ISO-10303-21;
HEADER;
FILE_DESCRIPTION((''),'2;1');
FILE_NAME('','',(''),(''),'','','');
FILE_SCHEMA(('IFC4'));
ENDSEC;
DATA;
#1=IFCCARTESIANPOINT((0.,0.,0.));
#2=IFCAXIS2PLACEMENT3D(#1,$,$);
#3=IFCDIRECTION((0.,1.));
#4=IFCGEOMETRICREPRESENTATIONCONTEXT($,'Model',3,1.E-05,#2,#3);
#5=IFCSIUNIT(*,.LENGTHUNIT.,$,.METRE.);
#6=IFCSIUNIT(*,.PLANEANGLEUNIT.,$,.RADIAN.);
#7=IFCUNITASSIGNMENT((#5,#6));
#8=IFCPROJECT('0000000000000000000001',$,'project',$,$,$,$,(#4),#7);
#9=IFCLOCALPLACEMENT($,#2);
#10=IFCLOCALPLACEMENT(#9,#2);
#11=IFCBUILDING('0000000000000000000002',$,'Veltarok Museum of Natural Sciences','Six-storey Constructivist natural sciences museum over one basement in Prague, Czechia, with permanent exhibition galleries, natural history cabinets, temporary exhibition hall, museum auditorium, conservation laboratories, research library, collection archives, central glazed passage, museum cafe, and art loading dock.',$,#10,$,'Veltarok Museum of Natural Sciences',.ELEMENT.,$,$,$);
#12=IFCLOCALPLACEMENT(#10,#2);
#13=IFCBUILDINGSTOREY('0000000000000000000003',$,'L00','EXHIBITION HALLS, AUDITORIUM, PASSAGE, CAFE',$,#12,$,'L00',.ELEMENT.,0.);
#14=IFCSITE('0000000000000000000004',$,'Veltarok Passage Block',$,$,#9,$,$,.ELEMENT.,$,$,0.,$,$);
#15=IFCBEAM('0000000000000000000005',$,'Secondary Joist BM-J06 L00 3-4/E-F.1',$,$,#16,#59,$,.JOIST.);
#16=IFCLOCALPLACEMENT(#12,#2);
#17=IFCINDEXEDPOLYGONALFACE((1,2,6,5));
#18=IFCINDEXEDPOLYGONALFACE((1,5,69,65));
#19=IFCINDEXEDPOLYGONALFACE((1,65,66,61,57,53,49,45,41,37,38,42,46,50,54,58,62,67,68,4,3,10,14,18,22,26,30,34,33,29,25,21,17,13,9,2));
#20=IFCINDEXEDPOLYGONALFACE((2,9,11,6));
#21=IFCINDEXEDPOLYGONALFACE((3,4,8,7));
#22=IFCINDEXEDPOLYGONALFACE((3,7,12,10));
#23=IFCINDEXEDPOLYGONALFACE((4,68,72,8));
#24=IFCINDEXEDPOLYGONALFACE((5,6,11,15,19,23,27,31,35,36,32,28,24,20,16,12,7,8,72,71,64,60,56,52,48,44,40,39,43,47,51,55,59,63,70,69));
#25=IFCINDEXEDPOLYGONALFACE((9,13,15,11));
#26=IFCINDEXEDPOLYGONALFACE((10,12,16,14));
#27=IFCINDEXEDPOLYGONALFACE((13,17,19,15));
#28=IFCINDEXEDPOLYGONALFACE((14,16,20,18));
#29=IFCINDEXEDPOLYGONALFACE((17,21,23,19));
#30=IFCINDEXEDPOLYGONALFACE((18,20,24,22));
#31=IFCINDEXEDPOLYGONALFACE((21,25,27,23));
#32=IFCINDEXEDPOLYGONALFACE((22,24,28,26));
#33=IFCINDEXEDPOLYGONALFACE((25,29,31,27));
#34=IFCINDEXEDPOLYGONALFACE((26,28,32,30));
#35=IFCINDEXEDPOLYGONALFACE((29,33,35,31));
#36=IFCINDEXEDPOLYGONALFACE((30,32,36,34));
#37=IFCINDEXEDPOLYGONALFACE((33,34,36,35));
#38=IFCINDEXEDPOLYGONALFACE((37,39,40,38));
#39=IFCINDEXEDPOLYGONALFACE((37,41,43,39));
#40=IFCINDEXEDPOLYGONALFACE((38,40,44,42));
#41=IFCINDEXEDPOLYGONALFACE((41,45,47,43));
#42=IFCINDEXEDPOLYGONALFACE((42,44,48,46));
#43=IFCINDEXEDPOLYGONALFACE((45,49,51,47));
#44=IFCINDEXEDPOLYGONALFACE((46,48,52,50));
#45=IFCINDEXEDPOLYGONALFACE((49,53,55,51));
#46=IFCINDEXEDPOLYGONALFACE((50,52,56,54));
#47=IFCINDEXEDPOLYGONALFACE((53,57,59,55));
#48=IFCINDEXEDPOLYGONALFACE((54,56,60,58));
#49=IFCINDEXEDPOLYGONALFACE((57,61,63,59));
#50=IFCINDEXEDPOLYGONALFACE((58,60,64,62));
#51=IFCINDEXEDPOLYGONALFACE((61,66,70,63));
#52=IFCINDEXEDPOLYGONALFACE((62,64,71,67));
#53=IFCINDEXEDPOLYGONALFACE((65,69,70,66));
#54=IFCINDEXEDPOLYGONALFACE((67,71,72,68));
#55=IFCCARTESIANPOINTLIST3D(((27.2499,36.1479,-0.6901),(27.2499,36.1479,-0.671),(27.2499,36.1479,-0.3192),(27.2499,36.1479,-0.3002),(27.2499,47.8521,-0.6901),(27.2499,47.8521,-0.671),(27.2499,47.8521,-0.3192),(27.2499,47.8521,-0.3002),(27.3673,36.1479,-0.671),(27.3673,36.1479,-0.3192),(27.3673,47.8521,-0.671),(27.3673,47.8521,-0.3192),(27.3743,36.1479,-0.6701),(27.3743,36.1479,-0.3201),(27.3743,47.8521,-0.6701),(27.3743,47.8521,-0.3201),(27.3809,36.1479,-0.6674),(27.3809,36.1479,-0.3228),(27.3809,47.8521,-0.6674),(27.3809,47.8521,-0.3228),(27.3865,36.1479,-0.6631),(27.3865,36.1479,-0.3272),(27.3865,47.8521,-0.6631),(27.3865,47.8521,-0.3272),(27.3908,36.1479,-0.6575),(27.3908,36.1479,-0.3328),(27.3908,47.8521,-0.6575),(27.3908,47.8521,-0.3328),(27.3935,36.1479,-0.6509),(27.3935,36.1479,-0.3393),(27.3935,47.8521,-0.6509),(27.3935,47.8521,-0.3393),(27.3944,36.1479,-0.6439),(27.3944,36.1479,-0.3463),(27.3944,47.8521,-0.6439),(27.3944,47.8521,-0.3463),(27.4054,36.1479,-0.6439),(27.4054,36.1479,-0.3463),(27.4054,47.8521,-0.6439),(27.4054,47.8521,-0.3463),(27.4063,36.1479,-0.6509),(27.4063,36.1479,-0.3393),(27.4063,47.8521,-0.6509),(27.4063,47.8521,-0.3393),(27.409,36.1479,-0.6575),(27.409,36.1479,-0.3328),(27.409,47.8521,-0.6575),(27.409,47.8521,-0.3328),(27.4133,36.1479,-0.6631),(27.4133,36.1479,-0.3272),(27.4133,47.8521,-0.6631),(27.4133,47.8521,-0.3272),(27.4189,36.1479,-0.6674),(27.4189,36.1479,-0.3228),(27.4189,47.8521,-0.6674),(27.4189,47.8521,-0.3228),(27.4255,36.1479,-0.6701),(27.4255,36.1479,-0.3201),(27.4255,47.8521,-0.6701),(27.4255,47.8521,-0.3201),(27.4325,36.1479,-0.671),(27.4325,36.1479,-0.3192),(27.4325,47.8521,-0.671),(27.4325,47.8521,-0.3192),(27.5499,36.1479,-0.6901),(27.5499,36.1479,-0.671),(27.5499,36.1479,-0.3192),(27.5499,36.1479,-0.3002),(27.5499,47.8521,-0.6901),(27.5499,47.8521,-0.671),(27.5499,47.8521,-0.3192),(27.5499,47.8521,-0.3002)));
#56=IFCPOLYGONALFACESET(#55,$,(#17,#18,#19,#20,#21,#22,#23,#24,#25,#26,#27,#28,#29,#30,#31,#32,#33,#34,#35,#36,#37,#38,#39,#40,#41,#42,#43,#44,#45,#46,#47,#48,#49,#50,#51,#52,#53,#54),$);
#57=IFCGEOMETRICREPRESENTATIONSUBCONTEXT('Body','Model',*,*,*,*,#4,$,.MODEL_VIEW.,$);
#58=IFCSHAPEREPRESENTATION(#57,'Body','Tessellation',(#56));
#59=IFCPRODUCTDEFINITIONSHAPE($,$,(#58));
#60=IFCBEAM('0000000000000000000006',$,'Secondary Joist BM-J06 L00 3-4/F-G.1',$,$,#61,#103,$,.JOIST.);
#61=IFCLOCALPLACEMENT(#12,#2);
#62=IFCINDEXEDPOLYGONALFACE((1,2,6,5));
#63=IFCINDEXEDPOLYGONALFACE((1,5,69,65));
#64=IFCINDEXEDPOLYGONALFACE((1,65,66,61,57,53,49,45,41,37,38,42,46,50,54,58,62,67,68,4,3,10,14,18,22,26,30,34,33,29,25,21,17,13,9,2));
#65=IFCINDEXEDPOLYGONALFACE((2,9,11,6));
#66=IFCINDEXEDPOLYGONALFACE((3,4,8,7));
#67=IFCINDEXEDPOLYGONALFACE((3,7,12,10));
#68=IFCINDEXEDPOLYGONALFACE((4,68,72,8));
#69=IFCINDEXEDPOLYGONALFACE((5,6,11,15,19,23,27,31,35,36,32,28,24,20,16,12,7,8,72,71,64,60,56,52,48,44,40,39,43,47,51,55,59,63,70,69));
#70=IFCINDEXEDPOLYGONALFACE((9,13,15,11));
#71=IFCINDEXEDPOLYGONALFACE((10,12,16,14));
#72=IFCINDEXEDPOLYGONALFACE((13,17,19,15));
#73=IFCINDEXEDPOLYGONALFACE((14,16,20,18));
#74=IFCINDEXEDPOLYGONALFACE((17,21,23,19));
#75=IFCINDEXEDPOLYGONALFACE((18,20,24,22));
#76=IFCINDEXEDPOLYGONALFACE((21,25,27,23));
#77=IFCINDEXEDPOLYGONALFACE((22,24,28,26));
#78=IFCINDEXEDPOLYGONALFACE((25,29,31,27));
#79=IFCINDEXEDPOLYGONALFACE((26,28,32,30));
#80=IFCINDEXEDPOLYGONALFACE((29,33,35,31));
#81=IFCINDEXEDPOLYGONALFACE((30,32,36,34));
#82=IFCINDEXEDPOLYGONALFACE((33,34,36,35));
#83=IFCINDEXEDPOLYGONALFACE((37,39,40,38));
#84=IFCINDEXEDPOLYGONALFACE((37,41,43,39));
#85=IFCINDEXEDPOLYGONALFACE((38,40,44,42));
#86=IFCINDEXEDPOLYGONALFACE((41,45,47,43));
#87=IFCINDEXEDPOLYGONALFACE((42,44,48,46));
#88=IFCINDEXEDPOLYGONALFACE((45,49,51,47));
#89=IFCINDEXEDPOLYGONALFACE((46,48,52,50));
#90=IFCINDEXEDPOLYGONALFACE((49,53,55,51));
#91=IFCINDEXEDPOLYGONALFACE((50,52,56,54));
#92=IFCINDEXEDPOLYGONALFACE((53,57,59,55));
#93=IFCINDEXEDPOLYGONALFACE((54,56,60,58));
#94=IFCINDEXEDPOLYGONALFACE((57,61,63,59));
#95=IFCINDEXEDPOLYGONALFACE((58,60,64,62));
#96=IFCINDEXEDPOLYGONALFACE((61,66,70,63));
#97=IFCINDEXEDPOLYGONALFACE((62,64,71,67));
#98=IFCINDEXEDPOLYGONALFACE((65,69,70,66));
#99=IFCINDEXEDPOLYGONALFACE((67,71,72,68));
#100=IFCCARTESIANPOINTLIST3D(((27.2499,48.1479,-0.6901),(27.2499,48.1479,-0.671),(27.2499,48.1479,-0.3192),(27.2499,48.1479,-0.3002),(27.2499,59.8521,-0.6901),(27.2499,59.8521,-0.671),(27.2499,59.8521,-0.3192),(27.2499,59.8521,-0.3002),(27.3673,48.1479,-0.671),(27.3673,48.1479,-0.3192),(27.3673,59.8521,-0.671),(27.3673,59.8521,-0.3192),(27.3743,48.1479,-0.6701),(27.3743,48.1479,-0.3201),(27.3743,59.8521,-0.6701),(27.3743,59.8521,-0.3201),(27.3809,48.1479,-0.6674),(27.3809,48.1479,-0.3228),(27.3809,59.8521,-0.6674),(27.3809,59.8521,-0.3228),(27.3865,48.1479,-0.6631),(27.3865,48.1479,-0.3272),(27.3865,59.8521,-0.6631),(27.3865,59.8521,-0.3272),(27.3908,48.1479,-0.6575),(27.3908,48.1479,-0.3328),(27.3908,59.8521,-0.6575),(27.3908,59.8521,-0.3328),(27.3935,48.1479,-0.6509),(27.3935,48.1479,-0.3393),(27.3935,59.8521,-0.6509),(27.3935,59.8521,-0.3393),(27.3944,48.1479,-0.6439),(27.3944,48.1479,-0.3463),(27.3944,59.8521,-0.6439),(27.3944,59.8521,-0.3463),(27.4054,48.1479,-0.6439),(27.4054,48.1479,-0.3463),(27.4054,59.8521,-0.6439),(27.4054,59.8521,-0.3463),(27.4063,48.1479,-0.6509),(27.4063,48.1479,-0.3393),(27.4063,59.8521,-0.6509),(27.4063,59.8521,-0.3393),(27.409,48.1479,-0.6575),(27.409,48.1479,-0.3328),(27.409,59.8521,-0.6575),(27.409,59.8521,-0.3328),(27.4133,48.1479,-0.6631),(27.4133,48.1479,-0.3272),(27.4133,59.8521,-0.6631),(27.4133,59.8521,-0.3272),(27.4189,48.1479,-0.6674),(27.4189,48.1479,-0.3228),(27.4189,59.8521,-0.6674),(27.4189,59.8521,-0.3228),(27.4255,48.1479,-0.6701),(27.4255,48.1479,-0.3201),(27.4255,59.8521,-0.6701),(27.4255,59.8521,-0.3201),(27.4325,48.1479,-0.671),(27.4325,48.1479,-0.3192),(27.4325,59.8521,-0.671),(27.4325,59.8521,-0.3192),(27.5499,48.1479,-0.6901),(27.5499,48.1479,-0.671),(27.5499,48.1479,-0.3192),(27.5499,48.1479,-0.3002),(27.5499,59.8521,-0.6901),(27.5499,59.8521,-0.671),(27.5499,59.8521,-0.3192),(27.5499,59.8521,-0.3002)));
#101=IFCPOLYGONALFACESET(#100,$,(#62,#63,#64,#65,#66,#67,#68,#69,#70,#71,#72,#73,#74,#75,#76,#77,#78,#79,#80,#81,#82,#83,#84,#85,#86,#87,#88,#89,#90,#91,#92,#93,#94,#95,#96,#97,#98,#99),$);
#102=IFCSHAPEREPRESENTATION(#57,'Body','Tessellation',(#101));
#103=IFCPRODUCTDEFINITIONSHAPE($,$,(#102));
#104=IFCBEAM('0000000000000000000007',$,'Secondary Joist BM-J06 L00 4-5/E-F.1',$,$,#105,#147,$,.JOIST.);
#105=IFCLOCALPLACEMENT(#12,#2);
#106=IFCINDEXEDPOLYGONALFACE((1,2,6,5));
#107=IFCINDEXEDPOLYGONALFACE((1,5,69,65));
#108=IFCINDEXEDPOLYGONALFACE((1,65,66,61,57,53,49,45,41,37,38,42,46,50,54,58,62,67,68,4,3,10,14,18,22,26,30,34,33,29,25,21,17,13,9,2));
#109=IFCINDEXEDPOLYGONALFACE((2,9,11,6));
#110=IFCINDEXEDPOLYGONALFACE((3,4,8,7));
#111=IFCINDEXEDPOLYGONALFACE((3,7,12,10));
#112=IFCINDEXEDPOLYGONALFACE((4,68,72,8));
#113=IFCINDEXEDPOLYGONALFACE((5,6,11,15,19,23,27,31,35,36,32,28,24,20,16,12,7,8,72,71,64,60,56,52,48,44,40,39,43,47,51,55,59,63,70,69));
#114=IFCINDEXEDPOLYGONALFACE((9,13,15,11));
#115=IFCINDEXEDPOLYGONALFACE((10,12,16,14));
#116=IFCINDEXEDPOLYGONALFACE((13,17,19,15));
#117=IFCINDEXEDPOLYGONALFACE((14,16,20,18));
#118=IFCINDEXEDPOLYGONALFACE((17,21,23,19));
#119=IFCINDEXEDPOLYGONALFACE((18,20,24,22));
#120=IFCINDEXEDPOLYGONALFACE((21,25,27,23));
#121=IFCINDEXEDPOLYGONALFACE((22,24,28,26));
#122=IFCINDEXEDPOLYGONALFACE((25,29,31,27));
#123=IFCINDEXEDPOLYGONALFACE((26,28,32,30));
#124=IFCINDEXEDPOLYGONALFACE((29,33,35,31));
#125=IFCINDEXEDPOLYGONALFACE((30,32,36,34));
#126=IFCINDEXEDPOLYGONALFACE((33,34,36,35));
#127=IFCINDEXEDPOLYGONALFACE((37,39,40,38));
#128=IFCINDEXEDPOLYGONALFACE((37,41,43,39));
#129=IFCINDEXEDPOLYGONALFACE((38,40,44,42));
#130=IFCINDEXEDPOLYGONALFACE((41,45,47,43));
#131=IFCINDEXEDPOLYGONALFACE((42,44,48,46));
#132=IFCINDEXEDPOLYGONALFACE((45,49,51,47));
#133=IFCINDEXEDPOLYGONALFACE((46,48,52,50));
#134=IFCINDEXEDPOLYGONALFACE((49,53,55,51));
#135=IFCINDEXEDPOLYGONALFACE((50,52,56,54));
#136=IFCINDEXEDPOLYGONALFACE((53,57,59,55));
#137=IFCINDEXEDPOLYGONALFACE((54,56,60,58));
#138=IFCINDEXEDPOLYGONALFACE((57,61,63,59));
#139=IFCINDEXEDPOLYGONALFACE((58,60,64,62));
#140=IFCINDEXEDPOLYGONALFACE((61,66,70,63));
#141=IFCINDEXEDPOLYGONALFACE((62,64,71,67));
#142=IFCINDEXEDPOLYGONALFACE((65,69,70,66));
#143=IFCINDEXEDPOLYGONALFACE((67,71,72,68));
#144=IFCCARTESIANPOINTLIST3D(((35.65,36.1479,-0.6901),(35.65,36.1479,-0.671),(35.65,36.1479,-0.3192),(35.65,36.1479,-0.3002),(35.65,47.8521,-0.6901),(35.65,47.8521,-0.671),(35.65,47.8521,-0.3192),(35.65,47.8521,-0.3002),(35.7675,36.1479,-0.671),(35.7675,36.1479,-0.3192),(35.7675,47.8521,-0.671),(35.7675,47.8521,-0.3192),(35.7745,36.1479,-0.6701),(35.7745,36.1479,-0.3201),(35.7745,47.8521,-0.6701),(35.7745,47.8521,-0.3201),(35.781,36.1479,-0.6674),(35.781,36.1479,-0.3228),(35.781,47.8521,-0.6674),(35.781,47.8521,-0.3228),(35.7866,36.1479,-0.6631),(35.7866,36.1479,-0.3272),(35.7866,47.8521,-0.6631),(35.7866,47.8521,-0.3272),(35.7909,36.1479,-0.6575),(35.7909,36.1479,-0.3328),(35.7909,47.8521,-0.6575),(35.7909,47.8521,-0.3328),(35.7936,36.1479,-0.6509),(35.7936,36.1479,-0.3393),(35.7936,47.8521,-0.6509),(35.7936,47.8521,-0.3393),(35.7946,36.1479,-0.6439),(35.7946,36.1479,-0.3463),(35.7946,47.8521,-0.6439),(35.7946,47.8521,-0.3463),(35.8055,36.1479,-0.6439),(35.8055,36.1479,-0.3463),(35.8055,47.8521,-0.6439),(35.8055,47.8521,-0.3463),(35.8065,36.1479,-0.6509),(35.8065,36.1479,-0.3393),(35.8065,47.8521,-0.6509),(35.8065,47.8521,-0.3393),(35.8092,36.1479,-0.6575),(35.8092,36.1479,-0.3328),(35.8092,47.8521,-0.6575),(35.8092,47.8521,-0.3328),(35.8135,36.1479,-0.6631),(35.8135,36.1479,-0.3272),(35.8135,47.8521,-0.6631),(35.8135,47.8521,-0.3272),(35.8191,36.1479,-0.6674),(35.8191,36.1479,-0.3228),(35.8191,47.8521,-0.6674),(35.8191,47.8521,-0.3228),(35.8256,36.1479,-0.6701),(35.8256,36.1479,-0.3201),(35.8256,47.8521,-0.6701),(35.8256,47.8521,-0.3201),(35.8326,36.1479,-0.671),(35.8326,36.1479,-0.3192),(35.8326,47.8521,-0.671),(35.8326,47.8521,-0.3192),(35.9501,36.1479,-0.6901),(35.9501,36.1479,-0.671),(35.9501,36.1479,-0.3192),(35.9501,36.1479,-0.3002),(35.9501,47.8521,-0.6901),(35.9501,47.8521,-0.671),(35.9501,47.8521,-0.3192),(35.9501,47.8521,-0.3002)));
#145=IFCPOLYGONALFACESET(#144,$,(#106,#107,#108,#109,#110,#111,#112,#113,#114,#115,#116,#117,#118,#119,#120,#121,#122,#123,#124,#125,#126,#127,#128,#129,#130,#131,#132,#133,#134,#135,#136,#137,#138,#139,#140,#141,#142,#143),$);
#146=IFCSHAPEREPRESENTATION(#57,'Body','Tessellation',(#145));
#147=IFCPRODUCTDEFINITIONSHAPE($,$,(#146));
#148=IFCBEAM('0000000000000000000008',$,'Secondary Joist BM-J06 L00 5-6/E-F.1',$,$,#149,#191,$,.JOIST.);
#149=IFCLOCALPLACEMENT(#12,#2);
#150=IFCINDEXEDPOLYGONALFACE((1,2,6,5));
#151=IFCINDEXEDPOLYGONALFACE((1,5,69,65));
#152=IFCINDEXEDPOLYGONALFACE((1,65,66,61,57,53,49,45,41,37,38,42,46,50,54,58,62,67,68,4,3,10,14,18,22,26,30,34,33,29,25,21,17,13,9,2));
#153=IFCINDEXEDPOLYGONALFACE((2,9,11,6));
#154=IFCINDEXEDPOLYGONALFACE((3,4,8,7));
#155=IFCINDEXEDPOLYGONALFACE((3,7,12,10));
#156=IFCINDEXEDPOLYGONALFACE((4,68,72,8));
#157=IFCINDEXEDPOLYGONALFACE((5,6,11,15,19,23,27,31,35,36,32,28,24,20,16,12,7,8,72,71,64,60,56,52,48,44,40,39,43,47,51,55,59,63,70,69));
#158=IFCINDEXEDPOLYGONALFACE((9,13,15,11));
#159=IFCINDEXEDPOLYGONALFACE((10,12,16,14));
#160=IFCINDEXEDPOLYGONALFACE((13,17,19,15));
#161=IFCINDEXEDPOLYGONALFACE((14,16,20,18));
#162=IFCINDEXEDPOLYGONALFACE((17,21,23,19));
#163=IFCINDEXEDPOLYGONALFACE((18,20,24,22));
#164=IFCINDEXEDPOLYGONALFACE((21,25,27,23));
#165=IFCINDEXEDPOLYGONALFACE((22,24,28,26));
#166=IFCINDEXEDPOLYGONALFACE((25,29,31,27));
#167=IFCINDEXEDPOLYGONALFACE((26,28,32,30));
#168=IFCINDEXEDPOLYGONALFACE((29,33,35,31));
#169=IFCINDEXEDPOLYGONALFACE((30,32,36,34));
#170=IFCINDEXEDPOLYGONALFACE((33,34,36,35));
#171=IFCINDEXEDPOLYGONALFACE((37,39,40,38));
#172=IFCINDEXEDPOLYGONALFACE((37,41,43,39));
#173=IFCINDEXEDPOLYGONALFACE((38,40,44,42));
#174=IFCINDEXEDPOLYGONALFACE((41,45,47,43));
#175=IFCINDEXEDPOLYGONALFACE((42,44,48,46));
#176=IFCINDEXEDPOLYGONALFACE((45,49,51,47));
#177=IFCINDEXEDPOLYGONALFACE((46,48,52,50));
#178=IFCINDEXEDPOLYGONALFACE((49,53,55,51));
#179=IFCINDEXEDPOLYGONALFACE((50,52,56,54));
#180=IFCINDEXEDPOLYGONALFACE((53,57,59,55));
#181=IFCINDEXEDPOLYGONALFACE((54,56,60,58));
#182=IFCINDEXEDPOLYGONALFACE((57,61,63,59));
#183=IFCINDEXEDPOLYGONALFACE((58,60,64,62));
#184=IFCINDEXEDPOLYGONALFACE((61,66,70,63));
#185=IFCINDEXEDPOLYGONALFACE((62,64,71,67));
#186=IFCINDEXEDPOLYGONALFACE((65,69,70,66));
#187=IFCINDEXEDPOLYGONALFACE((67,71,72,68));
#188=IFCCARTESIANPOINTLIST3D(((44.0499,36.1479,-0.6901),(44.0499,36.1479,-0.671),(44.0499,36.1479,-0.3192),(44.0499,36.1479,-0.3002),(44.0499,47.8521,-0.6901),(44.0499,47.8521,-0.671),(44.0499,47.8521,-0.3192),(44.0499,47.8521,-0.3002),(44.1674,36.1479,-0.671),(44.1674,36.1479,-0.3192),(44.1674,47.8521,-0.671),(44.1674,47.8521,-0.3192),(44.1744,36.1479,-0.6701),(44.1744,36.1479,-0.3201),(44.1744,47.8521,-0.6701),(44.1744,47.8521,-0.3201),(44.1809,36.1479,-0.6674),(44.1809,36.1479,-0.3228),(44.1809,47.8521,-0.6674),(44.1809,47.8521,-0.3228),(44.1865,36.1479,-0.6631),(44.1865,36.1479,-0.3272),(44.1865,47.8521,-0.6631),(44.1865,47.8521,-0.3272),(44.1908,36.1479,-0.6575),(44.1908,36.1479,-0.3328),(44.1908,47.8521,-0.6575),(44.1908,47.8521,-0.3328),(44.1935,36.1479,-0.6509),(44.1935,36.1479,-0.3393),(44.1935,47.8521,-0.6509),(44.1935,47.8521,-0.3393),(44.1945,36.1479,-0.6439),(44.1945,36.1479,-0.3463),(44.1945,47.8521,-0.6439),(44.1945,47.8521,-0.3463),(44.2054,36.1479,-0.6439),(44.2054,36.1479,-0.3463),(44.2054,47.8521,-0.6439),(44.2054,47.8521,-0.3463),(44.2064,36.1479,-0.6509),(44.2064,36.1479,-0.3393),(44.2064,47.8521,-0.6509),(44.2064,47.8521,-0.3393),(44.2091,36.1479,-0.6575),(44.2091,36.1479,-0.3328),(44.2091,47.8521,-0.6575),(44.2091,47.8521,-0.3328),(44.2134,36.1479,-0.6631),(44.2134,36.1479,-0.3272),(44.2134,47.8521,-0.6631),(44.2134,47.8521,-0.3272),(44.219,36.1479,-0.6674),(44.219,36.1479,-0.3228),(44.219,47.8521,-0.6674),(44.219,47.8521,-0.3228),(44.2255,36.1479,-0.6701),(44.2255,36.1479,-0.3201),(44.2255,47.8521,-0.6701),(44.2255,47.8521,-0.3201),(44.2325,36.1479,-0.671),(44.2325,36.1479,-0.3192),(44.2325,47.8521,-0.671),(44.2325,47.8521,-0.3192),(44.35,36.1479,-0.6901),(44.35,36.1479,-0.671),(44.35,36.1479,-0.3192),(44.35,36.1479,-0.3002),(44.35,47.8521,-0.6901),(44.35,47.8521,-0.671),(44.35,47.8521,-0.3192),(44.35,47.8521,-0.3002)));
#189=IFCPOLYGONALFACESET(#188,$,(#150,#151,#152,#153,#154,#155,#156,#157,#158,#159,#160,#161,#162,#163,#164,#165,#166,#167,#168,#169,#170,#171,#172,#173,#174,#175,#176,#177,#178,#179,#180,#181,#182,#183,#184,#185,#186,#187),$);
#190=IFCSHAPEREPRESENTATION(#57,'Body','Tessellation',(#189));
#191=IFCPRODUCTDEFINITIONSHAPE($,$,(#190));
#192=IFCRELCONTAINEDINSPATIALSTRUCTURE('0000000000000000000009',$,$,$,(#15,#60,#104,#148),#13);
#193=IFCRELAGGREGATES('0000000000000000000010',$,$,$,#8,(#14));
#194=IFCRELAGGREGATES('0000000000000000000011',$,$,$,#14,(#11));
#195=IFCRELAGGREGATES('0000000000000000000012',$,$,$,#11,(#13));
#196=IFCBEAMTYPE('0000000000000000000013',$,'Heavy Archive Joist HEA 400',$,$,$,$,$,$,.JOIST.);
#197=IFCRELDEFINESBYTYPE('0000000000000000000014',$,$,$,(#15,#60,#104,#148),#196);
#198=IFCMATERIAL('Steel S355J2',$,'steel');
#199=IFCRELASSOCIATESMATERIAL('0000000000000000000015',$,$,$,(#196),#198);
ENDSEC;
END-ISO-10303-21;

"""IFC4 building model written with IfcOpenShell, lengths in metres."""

from ifc_helpers import new_model, si_unit, direction, frame, origin, origin_2d, place, context, subcontext, project, spatial, i_section, extrude, material, material_profile, profile_set, type_object, element, save


model = new_model("IFC4")

# Units and contexts
model_context = context("Model", 3, precision=1e-05, world=origin(), true_north=direction((0.0, 1.0)))
body_context = subcontext(model_context, "Body", "Model", "MODEL_VIEW")
ifc_project = project(units=[si_unit("LENGTHUNIT", "METRE"), si_unit("PLANEANGLEUNIT", "RADIAN")], contexts=[model_context])

# Site, building, storey
site_placement = place(None, origin())
site = spatial("IfcSite", under=ifc_project, at=site_placement, Name="Veltarok Passage Block", CompositionType="ELEMENT", RefElevation=0.0)
building_placement = place(site_placement, origin())
building = spatial("IfcBuilding", under=site, at=building_placement, Name="Veltarok Museum of Natural Sciences", Description="Six-storey Constructivist natural sciences museum over one basement in Prague, Czechia, with permanent exhibition galleries, natural history cabinets, temporary exhibition hall, museum auditorium, conservation laboratories, research library, collection archives, central glazed passage, museum cafe, and art loading dock.", LongName="Veltarok Museum of Natural Sciences", CompositionType="ELEMENT")
storey_placement = place(building_placement, origin())
storey = spatial("IfcBuildingStorey", under=building, at=storey_placement, Name="L00", Description="EXHIBITION HALLS, AUDITORIUM, PASSAGE, CAFE", LongName="L00", CompositionType="ELEMENT", Elevation=0.0)

# Shared definitions
ifc_material_1 = material(Name="Steel S355J2", Category="steel")

# Beams
ifc_material_profile_1 = material_profile(ifc_material_1, i_section(OverallWidth=0.3, OverallDepth=0.3899, WebThickness=0.011, FlangeThickness=0.019, FilletRadius=0.0271, at=origin_2d()), Name="HEA 400")
ifc_profile_set_1 = profile_set([ifc_material_profile_1], Name="Steel S355J2")
beam_type_1 = type_object("IfcBeamType", Name="Heavy Archive Joist HEA 400", PredefinedType="JOIST", material=ifc_profile_set_1)
for number, where, z_axis, x_axis, name in (
    (1, (27.3999, 36.1479, -0.4951), (0.0, 1.0, 0.0), (-1.0, 0.0, 0.0), "Secondary Joist BM-J06 L00 3-4/E-F.1"),
    (2, (27.3999, 48.1479, -0.4951), (0.0, 1.0, 0.0), (-1.0, 0.0, 0.0), "Secondary Joist BM-J06 L00 3-4/F-G.1"),
    (3, (35.8, 36.1479, -0.4951), (0.0, 1.0, 0.0), (-1.0, 0.0, 0.0), "Secondary Joist BM-J06 L00 4-5/E-F.1"),
    (4, (44.2, 36.1479, -0.4951), (0.0, 1.0, 0.0), (-1.0, 0.0, 0.0), "Secondary Joist BM-J06 L00 5-6/E-F.1"),
):
    element("IfcBeam", number, at=place(storey_placement, frame(where, z_axis=z_axis, x_axis=x_axis)), inside=storey, type_object=beam_type_1, Name=name, PredefinedType="JOIST", context=body_context, shape_type="SweptSolid", body=[
        extrude(i_section(OverallWidth=0.3, OverallDepth=0.3899, WebThickness=0.011, FlangeThickness=0.019, FilletRadius=0.0271, at=origin_2d()), origin(), (0.0, 0.0, 1.0), 11.7041),
    ])

save(model, "model.ifc")
